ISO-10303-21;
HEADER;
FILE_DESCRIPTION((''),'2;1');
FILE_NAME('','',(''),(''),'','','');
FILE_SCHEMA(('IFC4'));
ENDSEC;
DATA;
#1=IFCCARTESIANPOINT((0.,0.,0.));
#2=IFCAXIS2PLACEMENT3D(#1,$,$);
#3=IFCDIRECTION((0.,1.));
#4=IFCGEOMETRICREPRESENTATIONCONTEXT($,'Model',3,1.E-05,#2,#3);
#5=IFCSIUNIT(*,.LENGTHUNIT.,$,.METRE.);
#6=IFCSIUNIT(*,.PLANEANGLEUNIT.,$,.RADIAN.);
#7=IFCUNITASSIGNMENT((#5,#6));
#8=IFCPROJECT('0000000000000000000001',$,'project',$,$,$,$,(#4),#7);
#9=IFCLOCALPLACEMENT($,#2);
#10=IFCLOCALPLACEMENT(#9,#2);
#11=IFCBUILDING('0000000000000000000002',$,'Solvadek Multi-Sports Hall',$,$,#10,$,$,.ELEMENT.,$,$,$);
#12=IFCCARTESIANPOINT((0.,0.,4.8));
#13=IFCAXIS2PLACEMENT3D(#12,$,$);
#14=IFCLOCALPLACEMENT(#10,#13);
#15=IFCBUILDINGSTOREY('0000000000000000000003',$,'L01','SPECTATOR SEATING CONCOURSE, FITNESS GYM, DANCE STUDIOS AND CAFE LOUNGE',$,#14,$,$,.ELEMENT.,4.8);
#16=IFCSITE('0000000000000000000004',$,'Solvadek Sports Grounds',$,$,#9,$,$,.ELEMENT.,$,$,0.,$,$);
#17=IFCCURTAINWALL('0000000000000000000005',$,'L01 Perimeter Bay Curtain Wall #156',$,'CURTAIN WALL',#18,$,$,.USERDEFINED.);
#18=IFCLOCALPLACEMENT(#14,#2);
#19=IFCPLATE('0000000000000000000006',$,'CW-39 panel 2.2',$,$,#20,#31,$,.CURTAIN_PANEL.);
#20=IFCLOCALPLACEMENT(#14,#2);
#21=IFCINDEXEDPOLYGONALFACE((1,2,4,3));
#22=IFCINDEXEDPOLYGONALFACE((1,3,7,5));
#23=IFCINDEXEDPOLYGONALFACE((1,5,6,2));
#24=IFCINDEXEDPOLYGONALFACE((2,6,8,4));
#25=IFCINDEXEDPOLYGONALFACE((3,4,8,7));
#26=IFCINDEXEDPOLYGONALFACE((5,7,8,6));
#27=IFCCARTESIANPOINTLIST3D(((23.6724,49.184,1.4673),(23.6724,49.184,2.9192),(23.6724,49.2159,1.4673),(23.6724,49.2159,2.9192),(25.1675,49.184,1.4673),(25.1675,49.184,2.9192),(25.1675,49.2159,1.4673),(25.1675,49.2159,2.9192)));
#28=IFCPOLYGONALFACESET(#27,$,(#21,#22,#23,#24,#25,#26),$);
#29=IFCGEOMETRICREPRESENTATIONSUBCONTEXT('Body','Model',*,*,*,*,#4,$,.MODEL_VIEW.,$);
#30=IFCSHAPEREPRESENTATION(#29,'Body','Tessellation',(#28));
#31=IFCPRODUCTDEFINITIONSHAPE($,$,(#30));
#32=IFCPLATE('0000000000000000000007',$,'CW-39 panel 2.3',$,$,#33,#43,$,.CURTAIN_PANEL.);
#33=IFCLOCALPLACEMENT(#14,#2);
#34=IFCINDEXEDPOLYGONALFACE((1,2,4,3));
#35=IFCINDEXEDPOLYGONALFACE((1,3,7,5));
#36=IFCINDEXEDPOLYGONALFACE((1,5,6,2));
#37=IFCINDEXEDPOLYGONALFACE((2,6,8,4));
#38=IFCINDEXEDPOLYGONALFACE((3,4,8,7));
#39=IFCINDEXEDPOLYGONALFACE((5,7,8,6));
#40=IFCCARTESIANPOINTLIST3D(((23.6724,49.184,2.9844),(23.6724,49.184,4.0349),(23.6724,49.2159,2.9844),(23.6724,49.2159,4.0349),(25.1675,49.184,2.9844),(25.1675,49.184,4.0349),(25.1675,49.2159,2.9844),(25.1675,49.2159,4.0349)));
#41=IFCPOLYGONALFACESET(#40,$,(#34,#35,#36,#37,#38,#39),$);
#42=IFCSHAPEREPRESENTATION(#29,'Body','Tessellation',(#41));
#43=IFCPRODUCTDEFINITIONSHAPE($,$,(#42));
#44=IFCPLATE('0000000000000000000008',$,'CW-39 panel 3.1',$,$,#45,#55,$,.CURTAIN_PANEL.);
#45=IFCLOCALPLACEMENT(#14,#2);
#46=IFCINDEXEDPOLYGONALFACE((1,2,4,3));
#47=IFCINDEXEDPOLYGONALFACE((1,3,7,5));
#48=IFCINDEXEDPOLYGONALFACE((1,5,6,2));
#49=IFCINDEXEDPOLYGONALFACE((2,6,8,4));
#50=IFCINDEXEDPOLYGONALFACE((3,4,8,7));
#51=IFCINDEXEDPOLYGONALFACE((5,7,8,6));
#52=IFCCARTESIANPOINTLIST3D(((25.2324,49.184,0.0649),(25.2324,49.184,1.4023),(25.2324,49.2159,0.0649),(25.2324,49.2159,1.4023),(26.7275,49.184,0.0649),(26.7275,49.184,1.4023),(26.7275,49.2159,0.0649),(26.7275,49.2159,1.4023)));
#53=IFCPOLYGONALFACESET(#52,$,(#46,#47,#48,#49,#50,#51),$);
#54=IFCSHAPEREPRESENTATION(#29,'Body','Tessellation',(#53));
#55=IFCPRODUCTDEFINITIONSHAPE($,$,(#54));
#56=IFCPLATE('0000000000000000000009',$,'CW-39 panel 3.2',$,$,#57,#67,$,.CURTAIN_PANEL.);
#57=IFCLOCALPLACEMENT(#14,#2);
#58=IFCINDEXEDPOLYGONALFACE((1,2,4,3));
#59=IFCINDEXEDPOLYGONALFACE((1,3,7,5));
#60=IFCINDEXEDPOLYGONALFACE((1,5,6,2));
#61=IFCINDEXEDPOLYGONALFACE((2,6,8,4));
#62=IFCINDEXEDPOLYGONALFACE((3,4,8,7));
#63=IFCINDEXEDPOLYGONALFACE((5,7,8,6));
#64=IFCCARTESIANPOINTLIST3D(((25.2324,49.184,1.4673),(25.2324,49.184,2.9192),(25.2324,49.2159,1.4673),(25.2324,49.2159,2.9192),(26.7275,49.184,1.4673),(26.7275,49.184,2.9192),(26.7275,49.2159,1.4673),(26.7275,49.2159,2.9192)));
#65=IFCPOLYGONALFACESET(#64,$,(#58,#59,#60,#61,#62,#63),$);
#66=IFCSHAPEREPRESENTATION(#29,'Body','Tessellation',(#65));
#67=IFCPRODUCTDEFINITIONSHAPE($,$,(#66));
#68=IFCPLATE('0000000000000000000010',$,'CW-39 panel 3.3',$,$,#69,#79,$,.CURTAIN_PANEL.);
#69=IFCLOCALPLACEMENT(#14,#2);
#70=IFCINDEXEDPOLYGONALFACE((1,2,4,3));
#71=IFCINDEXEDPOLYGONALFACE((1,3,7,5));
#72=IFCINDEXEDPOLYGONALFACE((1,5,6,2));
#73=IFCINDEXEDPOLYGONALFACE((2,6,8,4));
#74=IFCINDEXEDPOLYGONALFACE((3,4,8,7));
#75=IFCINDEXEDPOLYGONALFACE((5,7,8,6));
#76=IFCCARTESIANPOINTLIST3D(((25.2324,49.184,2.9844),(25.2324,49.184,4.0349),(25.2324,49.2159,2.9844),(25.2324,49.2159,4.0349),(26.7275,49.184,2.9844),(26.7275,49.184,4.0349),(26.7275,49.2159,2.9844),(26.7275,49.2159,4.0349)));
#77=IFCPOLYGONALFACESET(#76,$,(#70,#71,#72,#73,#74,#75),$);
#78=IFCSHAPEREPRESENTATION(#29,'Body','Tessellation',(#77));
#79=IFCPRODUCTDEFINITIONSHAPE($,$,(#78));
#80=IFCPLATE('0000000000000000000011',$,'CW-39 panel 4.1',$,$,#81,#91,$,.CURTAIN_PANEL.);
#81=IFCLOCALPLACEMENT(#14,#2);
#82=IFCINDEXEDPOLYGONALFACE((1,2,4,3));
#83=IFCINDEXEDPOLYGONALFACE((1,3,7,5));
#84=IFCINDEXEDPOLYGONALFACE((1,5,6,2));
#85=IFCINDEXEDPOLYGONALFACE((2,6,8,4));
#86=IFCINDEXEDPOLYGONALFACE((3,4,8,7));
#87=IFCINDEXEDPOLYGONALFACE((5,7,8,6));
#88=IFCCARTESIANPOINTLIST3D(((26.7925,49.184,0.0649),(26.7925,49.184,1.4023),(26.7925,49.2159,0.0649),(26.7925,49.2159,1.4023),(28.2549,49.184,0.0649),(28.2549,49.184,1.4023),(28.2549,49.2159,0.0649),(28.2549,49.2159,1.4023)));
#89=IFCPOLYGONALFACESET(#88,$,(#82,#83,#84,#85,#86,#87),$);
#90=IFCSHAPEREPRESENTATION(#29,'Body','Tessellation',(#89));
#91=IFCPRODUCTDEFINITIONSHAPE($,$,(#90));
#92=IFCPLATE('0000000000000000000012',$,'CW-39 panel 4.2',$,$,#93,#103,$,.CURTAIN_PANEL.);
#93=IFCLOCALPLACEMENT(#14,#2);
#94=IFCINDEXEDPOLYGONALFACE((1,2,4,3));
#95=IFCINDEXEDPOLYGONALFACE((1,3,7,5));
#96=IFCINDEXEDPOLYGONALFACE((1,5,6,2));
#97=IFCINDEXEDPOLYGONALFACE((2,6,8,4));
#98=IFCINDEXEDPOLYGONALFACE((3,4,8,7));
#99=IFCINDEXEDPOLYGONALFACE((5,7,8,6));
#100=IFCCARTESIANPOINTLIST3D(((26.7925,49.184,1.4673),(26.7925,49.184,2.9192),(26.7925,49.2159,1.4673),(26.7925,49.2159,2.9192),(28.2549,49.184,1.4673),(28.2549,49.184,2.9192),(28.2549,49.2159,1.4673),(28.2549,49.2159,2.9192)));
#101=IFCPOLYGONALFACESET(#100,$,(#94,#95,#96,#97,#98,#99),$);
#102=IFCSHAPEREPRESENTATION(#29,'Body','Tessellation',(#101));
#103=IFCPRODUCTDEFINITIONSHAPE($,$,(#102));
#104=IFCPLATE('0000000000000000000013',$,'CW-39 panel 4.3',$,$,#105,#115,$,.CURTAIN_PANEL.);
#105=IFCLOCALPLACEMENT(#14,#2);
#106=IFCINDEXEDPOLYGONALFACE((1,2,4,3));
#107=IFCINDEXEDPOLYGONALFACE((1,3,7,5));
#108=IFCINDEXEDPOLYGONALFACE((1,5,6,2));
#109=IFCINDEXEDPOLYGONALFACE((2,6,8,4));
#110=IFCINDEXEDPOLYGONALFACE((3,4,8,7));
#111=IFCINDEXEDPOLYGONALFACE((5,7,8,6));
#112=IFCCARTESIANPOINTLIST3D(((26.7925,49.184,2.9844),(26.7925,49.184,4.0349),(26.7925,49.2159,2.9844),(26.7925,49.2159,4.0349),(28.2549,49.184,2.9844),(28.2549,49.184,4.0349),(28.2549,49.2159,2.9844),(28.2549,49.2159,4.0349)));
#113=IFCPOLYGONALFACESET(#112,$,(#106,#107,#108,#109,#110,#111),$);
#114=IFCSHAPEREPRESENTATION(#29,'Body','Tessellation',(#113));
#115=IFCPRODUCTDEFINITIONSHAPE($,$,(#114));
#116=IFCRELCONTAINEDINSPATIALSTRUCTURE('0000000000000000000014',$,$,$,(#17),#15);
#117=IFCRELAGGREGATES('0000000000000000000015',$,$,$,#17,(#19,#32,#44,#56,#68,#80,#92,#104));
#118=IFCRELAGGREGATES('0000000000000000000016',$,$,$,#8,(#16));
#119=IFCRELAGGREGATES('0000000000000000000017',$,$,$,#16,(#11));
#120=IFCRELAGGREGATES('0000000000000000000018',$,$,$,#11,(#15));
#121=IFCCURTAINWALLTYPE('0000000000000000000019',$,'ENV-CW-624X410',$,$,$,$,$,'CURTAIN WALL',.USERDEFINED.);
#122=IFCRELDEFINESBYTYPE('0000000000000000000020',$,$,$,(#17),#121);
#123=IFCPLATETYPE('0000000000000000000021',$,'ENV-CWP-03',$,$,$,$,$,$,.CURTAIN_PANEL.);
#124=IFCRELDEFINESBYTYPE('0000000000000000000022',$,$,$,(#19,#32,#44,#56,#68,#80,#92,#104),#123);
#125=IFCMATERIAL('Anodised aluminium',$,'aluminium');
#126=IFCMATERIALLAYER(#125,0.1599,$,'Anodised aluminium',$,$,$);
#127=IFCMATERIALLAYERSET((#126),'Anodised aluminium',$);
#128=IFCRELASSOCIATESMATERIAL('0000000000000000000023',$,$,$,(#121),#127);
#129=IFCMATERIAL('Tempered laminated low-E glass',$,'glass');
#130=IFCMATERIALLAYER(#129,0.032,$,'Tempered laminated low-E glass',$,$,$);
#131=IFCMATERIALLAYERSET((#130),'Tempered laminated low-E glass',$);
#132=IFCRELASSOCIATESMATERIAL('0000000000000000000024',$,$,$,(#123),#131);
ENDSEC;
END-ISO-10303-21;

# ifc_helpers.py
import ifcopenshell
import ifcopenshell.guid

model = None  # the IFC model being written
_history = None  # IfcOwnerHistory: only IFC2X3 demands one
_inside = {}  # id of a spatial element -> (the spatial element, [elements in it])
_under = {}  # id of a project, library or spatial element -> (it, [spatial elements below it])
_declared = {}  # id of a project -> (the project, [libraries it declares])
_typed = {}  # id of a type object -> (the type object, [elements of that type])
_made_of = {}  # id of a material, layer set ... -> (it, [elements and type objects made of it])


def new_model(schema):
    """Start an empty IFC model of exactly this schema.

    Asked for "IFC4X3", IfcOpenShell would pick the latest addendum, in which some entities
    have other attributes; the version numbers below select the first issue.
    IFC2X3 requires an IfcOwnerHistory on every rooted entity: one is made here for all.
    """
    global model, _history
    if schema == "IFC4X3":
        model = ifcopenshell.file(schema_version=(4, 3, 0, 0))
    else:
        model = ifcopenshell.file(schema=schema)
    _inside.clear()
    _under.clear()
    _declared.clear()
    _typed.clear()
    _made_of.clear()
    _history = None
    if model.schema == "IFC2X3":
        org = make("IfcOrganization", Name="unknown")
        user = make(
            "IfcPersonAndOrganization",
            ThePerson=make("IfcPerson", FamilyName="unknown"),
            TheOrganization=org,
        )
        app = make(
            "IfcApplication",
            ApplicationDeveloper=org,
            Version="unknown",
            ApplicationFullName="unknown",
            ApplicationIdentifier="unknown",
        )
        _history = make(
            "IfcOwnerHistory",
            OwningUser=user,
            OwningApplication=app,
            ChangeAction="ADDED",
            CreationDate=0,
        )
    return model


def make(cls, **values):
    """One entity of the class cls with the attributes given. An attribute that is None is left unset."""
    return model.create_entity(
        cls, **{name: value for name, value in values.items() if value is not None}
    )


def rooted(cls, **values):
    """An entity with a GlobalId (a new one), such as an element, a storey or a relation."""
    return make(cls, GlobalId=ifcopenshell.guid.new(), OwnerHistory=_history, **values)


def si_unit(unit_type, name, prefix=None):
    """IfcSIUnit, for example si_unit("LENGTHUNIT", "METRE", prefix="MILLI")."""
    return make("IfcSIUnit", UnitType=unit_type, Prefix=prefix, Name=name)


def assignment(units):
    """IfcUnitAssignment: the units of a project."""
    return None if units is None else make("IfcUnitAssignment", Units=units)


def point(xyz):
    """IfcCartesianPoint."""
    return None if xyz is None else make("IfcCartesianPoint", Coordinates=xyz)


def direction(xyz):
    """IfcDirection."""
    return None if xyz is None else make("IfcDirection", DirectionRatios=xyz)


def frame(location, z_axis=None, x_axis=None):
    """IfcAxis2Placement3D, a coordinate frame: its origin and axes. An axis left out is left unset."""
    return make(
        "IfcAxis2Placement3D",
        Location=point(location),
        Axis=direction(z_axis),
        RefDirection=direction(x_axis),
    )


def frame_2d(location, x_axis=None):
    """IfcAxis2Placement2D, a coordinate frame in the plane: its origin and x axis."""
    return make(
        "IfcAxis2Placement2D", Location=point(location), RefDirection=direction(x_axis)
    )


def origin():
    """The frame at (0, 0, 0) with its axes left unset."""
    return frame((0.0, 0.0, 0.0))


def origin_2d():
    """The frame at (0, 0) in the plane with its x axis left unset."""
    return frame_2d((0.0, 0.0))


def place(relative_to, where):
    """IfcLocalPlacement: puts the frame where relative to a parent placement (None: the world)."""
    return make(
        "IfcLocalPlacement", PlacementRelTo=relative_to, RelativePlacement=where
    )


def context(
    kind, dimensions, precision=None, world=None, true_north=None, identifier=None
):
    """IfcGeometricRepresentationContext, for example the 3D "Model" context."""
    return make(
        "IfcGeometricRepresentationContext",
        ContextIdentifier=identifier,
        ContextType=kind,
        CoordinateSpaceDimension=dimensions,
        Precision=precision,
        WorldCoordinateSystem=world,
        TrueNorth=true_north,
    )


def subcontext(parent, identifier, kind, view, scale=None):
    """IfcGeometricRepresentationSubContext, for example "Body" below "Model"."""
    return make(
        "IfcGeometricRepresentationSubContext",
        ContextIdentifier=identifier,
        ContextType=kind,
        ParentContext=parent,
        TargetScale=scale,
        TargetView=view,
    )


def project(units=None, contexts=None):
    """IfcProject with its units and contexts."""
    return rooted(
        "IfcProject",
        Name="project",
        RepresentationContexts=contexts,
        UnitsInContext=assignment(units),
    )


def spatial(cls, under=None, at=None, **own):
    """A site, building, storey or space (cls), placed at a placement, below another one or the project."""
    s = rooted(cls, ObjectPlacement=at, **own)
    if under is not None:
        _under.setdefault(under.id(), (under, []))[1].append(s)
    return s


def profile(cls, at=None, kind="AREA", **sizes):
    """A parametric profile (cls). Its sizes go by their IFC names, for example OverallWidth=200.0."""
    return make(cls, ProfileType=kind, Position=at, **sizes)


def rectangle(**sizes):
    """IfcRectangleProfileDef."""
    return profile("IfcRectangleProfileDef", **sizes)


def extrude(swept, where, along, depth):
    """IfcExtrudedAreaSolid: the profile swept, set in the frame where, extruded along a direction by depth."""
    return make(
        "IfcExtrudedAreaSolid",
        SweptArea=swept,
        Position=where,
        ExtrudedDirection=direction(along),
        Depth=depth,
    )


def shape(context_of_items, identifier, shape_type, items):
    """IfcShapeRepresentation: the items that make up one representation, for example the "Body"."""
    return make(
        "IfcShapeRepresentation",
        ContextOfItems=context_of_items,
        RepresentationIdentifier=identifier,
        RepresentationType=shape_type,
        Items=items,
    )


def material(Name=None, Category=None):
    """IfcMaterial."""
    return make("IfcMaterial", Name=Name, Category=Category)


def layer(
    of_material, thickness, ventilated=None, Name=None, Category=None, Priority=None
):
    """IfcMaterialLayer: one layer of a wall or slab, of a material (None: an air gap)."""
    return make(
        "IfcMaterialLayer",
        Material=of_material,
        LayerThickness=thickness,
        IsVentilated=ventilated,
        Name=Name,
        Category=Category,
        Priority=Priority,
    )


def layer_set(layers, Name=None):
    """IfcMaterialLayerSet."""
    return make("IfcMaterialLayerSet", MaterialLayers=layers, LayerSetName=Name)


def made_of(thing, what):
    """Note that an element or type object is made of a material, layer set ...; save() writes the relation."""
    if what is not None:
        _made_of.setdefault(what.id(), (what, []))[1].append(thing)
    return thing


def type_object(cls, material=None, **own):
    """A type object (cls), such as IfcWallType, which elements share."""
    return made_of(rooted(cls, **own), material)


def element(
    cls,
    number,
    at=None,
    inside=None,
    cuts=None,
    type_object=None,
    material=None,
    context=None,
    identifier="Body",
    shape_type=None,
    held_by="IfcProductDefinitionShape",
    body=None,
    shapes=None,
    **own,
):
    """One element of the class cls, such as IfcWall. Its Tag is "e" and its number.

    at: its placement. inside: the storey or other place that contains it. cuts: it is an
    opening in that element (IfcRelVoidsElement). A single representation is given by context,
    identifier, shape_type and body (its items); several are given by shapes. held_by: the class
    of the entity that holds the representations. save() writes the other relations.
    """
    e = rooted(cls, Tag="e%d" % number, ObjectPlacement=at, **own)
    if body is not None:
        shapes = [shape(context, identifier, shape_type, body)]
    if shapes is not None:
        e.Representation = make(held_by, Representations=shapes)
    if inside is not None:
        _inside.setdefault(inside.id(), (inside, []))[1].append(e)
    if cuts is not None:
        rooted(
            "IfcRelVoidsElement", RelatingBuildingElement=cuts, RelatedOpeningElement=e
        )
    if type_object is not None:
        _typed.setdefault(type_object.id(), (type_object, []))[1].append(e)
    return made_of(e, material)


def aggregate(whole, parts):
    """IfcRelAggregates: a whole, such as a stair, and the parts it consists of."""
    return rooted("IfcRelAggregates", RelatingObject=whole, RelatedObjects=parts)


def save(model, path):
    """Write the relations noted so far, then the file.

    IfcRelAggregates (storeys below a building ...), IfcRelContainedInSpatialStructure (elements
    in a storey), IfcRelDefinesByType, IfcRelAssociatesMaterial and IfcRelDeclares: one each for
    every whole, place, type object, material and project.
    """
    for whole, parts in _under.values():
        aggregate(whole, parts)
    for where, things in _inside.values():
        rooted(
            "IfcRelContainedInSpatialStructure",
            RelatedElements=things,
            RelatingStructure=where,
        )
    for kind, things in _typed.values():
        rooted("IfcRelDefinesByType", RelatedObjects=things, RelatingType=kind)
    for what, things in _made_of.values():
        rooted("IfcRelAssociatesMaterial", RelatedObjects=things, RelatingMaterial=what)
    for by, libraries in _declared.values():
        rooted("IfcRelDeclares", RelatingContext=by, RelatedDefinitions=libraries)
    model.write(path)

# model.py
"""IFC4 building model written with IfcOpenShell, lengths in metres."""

from ifc_helpers import new_model, si_unit, direction, frame, origin, origin_2d, place, context, subcontext, project, spatial, rectangle, extrude, material, layer, layer_set, type_object, element, aggregate, save


model = new_model("IFC4")

# Units and contexts
model_context = context("Model", 3, precision=1e-05, world=origin(), true_north=direction((0.0, 1.0)))
body_context = subcontext(model_context, "Body", "Model", "MODEL_VIEW")
ifc_project = project(units=[si_unit("LENGTHUNIT", "METRE"), si_unit("PLANEANGLEUNIT", "RADIAN")], contexts=[model_context])

# Site, building, storey
site_placement = place(None, origin())
site = spatial("IfcSite", under=ifc_project, at=site_placement, Name="Solvadek Sports Grounds", CompositionType="ELEMENT", RefElevation=0.0)
building_placement = place(site_placement, origin())
building = spatial("IfcBuilding", under=site, at=building_placement, Name="Solvadek Multi-Sports Hall", CompositionType="ELEMENT")
storey_placement = place(building_placement, frame((0.0, 0.0, 4.8)))
storey = spatial("IfcBuildingStorey", under=building, at=storey_placement, Name="L01", Description="SPECTATOR SEATING CONCOURSE, FITNESS GYM, DANCE STUDIOS AND CAFE LOUNGE", CompositionType="ELEMENT", Elevation=4.8)

# Curtain wall
ifc_material_1 = material(Name="Anodised aluminium", Category="aluminium")
ifc_layer_1 = layer(ifc_material_1, 0.1599, Name="Anodised aluminium")
ifc_layer_set_1 = layer_set([ifc_layer_1], Name="Anodised aluminium")
curtain_wall_type_1 = type_object("IfcCurtainWallType", Name="ENV-CW-624X410", ElementType="CURTAIN WALL", PredefinedType="USERDEFINED", material=ifc_layer_set_1)
curtain_wall_1_placement = place(storey_placement, origin())
curtain_wall_1 = element("IfcCurtainWall", 1, at=curtain_wall_1_placement, inside=storey, type_object=curtain_wall_type_1, Name="L01 Perimeter Bay Curtain Wall #156", ObjectType="CURTAIN WALL", PredefinedType="USERDEFINED")

# Plates
ifc_material_2 = material(Name="Tempered laminated low-E glass", Category="glass")
ifc_layer_2 = layer(ifc_material_2, 0.032, Name="Tempered laminated low-E glass")
ifc_layer_set_2 = layer_set([ifc_layer_2], Name="Tempered laminated low-E glass")
plate_type = type_object("IfcPlateType", Name="ENV-CWP-03", PredefinedType="CURTAIN_PANEL", material=ifc_layer_set_2)
plate_1_placement = place(storey_placement, frame((24.4199, 49.2, 1.4673), z_axis=(0.0, 0.0, 1.0), x_axis=(1.0, 0.0, 0.0)))
plate_1 = element("IfcPlate", 2, at=plate_1_placement, type_object=plate_type, Name="CW-39 panel 2.2", PredefinedType="CURTAIN_PANEL", context=body_context, shape_type="SweptSolid", body=[
    extrude(rectangle(XDim=1.4951, YDim=0.032, at=origin_2d()), origin(), (0.0, 0.0, 1.0), 1.4519),
])
plate_2_placement = place(storey_placement, frame((24.4199, 49.2, 2.9844), z_axis=(0.0, 0.0, 1.0), x_axis=(1.0, 0.0, 0.0)))
plate_2 = element("IfcPlate", 3, at=plate_2_placement, type_object=plate_type, Name="CW-39 panel 2.3", PredefinedType="CURTAIN_PANEL", context=body_context, shape_type="SweptSolid", body=[
    extrude(rectangle(XDim=1.4951, YDim=0.032, at=origin_2d()), origin(), (0.0, 0.0, 1.0), 1.0505),
])
plate_3_placement = place(storey_placement, frame((25.98, 49.2, 0.0649), z_axis=(0.0, 0.0, 1.0), x_axis=(1.0, 0.0, 0.0)))
plate_3 = element("IfcPlate", 4, at=plate_3_placement, type_object=plate_type, Name="CW-39 panel 3.1", PredefinedType="CURTAIN_PANEL", context=body_context, shape_type="SweptSolid", body=[
    extrude(rectangle(XDim=1.4951, YDim=0.032, at=origin_2d()), origin(), (0.0, 0.0, 1.0), 1.3374),
])
plate_4_placement = place(storey_placement, frame((25.98, 49.2, 1.4673), z_axis=(0.0, 0.0, 1.0), x_axis=(1.0, 0.0, 0.0)))
plate_4 = element("IfcPlate", 5, at=plate_4_placement, type_object=plate_type, Name="CW-39 panel 3.2", PredefinedType="CURTAIN_PANEL", context=body_context, shape_type="SweptSolid", body=[
    extrude(rectangle(XDim=1.4951, YDim=0.032, at=origin_2d()), origin(), (0.0, 0.0, 1.0), 1.4519),
])
plate_5_placement = place(storey_placement, frame((25.98, 49.2, 2.9844), z_axis=(0.0, 0.0, 1.0), x_axis=(1.0, 0.0, 0.0)))
plate_5 = element("IfcPlate", 6, at=plate_5_placement, type_object=plate_type, Name="CW-39 panel 3.3", PredefinedType="CURTAIN_PANEL", context=body_context, shape_type="SweptSolid", body=[
    extrude(rectangle(XDim=1.4951, YDim=0.032, at=origin_2d()), origin(), (0.0, 0.0, 1.0), 1.0505),
])
plate_6_placement = place(storey_placement, frame((27.5237, 49.2, 0.0649), z_axis=(0.0, 0.0, 1.0), x_axis=(1.0, 0.0, 0.0)))
plate_6 = element("IfcPlate", 7, at=plate_6_placement, type_object=plate_type, Name="CW-39 panel 4.1", PredefinedType="CURTAIN_PANEL", context=body_context, shape_type="SweptSolid", body=[
    extrude(rectangle(XDim=1.4624, YDim=0.032, at=origin_2d()), origin(), (0.0, 0.0, 1.0), 1.3374),
])
plate_7_placement = place(storey_placement, frame((27.5237, 49.2, 1.4673), z_axis=(0.0, 0.0, 1.0), x_axis=(1.0, 0.0, 0.0)))
plate_7 = element("IfcPlate", 8, at=plate_7_placement, type_object=plate_type, Name="CW-39 panel 4.2", PredefinedType="CURTAIN_PANEL", context=body_context, shape_type="SweptSolid", body=[
    extrude(rectangle(XDim=1.4624, YDim=0.032, at=origin_2d()), origin(), (0.0, 0.0, 1.0), 1.4519),
])
plate_8_placement = place(storey_placement, frame((27.5237, 49.2, 2.9844), z_axis=(0.0, 0.0, 1.0), x_axis=(1.0, 0.0, 0.0)))
plate_8 = element("IfcPlate", 9, at=plate_8_placement, type_object=plate_type, Name="CW-39 panel 4.3", PredefinedType="CURTAIN_PANEL", context=body_context, shape_type="SweptSolid", body=[
    extrude(rectangle(XDim=1.4624, YDim=0.032, at=origin_2d()), origin(), (0.0, 0.0, 1.0), 1.0505),
])
aggregate(curtain_wall_1, [plate_1, plate_2, plate_3, plate_4, plate_5, plate_6, plate_7, plate_8])

save(model, "model.ifc")
